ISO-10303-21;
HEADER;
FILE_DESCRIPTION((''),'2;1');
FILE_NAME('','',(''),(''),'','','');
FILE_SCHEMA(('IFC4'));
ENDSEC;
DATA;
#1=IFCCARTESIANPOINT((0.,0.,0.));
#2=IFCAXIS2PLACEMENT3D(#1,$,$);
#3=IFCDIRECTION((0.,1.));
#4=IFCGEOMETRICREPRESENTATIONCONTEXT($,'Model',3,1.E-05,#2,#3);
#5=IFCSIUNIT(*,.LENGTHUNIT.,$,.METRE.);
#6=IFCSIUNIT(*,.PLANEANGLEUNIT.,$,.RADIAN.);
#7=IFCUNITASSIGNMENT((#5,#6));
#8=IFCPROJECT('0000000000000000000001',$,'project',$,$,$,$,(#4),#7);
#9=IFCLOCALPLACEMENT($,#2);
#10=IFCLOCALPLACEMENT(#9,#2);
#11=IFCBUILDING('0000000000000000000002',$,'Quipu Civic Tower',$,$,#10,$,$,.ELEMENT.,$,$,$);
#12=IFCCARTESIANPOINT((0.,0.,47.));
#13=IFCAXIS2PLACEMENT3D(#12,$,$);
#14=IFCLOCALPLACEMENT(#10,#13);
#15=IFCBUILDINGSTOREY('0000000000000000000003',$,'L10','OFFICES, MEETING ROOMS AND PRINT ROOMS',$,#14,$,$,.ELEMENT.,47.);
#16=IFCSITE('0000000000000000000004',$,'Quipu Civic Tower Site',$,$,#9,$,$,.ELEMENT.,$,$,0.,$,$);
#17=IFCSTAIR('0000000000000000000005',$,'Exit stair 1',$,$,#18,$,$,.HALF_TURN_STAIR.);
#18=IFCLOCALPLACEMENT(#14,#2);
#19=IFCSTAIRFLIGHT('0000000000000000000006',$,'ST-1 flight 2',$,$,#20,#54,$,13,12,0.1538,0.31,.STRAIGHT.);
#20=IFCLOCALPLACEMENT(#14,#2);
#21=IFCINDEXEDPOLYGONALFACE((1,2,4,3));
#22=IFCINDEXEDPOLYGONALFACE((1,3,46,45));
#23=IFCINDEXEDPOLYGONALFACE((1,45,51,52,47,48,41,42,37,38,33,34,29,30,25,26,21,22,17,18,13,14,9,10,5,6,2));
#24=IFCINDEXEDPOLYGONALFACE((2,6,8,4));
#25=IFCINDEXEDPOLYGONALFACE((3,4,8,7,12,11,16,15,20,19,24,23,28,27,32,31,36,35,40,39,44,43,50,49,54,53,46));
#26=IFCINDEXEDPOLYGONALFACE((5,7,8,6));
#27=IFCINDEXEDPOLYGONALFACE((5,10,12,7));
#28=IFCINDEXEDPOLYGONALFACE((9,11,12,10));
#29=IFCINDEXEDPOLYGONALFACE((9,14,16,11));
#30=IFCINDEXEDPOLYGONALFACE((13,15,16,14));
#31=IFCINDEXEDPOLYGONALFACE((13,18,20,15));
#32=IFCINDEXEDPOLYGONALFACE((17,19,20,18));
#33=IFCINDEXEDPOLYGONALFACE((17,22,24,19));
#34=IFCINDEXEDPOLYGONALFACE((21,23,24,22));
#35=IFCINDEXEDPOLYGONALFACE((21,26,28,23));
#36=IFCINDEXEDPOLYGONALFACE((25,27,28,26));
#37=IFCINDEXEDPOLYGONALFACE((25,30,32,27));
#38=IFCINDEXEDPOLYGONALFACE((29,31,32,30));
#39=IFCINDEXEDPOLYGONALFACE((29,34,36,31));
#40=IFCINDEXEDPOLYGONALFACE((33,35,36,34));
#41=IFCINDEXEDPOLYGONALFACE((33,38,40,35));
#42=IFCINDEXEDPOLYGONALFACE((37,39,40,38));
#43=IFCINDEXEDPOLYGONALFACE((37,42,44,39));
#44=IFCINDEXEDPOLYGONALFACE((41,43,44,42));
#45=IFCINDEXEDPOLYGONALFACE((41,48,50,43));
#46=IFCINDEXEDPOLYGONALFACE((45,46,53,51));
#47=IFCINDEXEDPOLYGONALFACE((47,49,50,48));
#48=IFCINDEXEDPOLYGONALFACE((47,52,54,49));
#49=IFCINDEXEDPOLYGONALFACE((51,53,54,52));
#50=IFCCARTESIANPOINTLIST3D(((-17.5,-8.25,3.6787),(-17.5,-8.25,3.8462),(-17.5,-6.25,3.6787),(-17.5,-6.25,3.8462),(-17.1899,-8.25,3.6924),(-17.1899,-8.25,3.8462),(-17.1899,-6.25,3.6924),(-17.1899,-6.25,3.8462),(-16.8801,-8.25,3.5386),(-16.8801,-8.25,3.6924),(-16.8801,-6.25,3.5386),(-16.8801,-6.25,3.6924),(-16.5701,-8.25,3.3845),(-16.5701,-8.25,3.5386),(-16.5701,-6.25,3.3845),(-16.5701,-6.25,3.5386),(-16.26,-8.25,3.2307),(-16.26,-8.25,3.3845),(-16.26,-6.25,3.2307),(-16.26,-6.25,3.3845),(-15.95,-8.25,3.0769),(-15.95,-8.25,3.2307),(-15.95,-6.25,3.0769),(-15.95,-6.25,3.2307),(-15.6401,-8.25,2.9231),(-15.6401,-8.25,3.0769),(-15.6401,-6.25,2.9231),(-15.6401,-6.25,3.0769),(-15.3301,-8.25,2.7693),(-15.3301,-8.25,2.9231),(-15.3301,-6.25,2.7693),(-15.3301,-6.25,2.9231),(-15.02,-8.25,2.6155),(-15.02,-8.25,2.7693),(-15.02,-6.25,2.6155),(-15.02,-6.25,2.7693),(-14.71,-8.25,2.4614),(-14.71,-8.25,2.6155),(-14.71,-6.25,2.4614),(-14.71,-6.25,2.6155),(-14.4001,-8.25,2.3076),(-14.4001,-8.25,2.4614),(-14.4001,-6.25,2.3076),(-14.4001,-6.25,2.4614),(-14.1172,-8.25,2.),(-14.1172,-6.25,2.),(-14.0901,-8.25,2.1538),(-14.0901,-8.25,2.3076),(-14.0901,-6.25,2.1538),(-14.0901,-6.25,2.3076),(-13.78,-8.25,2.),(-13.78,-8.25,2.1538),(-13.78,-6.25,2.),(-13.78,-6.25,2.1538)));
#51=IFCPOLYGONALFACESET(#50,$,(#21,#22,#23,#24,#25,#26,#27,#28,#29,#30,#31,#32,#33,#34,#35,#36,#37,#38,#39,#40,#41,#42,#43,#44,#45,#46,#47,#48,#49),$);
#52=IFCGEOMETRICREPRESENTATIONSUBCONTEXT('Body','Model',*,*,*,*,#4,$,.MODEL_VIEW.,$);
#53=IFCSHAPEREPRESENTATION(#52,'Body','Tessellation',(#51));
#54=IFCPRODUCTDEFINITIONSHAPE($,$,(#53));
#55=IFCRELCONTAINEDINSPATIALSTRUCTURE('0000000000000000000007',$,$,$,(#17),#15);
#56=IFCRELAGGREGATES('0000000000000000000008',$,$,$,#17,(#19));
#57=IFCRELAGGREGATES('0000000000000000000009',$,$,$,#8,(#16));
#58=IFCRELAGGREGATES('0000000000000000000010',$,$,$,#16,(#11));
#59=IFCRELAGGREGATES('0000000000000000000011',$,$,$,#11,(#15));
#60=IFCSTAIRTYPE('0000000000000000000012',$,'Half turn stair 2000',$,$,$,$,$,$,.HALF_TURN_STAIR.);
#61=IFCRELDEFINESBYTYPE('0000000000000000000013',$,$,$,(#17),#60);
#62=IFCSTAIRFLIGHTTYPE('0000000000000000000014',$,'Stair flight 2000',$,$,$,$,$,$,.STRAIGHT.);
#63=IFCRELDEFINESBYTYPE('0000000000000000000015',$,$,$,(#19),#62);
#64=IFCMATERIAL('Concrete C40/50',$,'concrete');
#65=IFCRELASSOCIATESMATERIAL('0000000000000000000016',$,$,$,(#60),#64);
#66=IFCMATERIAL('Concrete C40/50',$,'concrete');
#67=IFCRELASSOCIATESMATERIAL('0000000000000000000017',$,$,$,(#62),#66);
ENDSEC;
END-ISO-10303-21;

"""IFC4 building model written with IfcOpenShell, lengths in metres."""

from ifc_helpers import new_model, si_unit, direction, frame, origin, place, context, subcontext, project, spatial, polyline, outline, extrude, material, type_object, element, aggregate, save


model = new_model("IFC4")

# Units and contexts
model_context = context("Model", 3, precision=1e-05, world=origin(), true_north=direction((0.0, 1.0)))
body_context = subcontext(model_context, "Body", "Model", "MODEL_VIEW")
ifc_project = project(units=[si_unit("LENGTHUNIT", "METRE"), si_unit("PLANEANGLEUNIT", "RADIAN")], contexts=[model_context])

# Site, building, storey
site_placement = place(None, origin())
site = spatial("IfcSite", under=ifc_project, at=site_placement, Name="Quipu Civic Tower Site", CompositionType="ELEMENT", RefElevation=0.0)
building_placement = place(site_placement, origin())
building = spatial("IfcBuilding", under=site, at=building_placement, Name="Quipu Civic Tower", CompositionType="ELEMENT")
storey_placement = place(building_placement, frame((0.0, 0.0, 47.0)))
storey = spatial("IfcBuildingStorey", under=building, at=storey_placement, Name="L10", Description="OFFICES, MEETING ROOMS AND PRINT ROOMS", CompositionType="ELEMENT", Elevation=47.0)

# Stair, stair flight
ifc_material_1 = material(Name="Concrete C40/50", Category="concrete")
stair_type = type_object("IfcStairType", Name="Half turn stair 2000", PredefinedType="HALF_TURN_STAIR", material=ifc_material_1)
stair_placement = place(storey_placement, origin())
stair = element("IfcStair", 1, at=stair_placement, inside=storey, type_object=stair_type, Name="Exit stair 1", PredefinedType="HALF_TURN_STAIR")
ifc_material_2 = material(Name="Concrete C40/50", Category="concrete")
stair_flight_type = type_object("IfcStairFlightType", Name="Stair flight 2000", PredefinedType="STRAIGHT", material=ifc_material_2)
stair_flight_1_placement = place(storey_placement, frame((-13.78, -7.25, 2.0), z_axis=(0.0, 0.0, 1.0), x_axis=(-1.0, 0.0, 0.0)))
stair_flight_1 = element("IfcStairFlight", 2, at=stair_flight_1_placement, type_object=stair_flight_type, Name="ST-1 flight 2", NumberOfRisers=13, NumberOfTreads=12, PredefinedType="STRAIGHT", RiserHeight=0.1538, TreadLength=0.31, context=body_context, shape_type="SweptSolid", body=[
    extrude(outline(polyline([(0.0, 0.0), (0.0, 0.1538), (0.3101, 0.1538), (0.3101, 0.3076), (0.6201, 0.3076), (0.6201, 0.4614), (0.9299, 0.4614), (0.9299, 0.6155), (1.24, 0.6155), (1.24, 0.7693), (1.55, 0.7693), (1.55, 0.9231), (1.8601, 0.9231), (1.8601, 1.0769), (2.1699, 1.0769), (2.1699, 1.2307), (2.48, 1.2307), (2.48, 1.3845), (2.79, 1.3845), (2.79, 1.5386), (3.1001, 1.5386), (3.1001, 1.6924), (3.4099, 1.6924), (3.4099, 1.8462), (3.72, 1.8462), (3.72, 2.0), (3.72, 1.6787), (0.3372, 0.0), (0.0, 0.0)])), frame((0.0, 1.0, 0.0), z_axis=(0.0, -1.0, 0.0), x_axis=(1.0, 0.0, 0.0)), (0.0, 0.0, 1.0), 2.0),
])
aggregate(stair, [stair_flight_1])

save(model, "model.ifc")
